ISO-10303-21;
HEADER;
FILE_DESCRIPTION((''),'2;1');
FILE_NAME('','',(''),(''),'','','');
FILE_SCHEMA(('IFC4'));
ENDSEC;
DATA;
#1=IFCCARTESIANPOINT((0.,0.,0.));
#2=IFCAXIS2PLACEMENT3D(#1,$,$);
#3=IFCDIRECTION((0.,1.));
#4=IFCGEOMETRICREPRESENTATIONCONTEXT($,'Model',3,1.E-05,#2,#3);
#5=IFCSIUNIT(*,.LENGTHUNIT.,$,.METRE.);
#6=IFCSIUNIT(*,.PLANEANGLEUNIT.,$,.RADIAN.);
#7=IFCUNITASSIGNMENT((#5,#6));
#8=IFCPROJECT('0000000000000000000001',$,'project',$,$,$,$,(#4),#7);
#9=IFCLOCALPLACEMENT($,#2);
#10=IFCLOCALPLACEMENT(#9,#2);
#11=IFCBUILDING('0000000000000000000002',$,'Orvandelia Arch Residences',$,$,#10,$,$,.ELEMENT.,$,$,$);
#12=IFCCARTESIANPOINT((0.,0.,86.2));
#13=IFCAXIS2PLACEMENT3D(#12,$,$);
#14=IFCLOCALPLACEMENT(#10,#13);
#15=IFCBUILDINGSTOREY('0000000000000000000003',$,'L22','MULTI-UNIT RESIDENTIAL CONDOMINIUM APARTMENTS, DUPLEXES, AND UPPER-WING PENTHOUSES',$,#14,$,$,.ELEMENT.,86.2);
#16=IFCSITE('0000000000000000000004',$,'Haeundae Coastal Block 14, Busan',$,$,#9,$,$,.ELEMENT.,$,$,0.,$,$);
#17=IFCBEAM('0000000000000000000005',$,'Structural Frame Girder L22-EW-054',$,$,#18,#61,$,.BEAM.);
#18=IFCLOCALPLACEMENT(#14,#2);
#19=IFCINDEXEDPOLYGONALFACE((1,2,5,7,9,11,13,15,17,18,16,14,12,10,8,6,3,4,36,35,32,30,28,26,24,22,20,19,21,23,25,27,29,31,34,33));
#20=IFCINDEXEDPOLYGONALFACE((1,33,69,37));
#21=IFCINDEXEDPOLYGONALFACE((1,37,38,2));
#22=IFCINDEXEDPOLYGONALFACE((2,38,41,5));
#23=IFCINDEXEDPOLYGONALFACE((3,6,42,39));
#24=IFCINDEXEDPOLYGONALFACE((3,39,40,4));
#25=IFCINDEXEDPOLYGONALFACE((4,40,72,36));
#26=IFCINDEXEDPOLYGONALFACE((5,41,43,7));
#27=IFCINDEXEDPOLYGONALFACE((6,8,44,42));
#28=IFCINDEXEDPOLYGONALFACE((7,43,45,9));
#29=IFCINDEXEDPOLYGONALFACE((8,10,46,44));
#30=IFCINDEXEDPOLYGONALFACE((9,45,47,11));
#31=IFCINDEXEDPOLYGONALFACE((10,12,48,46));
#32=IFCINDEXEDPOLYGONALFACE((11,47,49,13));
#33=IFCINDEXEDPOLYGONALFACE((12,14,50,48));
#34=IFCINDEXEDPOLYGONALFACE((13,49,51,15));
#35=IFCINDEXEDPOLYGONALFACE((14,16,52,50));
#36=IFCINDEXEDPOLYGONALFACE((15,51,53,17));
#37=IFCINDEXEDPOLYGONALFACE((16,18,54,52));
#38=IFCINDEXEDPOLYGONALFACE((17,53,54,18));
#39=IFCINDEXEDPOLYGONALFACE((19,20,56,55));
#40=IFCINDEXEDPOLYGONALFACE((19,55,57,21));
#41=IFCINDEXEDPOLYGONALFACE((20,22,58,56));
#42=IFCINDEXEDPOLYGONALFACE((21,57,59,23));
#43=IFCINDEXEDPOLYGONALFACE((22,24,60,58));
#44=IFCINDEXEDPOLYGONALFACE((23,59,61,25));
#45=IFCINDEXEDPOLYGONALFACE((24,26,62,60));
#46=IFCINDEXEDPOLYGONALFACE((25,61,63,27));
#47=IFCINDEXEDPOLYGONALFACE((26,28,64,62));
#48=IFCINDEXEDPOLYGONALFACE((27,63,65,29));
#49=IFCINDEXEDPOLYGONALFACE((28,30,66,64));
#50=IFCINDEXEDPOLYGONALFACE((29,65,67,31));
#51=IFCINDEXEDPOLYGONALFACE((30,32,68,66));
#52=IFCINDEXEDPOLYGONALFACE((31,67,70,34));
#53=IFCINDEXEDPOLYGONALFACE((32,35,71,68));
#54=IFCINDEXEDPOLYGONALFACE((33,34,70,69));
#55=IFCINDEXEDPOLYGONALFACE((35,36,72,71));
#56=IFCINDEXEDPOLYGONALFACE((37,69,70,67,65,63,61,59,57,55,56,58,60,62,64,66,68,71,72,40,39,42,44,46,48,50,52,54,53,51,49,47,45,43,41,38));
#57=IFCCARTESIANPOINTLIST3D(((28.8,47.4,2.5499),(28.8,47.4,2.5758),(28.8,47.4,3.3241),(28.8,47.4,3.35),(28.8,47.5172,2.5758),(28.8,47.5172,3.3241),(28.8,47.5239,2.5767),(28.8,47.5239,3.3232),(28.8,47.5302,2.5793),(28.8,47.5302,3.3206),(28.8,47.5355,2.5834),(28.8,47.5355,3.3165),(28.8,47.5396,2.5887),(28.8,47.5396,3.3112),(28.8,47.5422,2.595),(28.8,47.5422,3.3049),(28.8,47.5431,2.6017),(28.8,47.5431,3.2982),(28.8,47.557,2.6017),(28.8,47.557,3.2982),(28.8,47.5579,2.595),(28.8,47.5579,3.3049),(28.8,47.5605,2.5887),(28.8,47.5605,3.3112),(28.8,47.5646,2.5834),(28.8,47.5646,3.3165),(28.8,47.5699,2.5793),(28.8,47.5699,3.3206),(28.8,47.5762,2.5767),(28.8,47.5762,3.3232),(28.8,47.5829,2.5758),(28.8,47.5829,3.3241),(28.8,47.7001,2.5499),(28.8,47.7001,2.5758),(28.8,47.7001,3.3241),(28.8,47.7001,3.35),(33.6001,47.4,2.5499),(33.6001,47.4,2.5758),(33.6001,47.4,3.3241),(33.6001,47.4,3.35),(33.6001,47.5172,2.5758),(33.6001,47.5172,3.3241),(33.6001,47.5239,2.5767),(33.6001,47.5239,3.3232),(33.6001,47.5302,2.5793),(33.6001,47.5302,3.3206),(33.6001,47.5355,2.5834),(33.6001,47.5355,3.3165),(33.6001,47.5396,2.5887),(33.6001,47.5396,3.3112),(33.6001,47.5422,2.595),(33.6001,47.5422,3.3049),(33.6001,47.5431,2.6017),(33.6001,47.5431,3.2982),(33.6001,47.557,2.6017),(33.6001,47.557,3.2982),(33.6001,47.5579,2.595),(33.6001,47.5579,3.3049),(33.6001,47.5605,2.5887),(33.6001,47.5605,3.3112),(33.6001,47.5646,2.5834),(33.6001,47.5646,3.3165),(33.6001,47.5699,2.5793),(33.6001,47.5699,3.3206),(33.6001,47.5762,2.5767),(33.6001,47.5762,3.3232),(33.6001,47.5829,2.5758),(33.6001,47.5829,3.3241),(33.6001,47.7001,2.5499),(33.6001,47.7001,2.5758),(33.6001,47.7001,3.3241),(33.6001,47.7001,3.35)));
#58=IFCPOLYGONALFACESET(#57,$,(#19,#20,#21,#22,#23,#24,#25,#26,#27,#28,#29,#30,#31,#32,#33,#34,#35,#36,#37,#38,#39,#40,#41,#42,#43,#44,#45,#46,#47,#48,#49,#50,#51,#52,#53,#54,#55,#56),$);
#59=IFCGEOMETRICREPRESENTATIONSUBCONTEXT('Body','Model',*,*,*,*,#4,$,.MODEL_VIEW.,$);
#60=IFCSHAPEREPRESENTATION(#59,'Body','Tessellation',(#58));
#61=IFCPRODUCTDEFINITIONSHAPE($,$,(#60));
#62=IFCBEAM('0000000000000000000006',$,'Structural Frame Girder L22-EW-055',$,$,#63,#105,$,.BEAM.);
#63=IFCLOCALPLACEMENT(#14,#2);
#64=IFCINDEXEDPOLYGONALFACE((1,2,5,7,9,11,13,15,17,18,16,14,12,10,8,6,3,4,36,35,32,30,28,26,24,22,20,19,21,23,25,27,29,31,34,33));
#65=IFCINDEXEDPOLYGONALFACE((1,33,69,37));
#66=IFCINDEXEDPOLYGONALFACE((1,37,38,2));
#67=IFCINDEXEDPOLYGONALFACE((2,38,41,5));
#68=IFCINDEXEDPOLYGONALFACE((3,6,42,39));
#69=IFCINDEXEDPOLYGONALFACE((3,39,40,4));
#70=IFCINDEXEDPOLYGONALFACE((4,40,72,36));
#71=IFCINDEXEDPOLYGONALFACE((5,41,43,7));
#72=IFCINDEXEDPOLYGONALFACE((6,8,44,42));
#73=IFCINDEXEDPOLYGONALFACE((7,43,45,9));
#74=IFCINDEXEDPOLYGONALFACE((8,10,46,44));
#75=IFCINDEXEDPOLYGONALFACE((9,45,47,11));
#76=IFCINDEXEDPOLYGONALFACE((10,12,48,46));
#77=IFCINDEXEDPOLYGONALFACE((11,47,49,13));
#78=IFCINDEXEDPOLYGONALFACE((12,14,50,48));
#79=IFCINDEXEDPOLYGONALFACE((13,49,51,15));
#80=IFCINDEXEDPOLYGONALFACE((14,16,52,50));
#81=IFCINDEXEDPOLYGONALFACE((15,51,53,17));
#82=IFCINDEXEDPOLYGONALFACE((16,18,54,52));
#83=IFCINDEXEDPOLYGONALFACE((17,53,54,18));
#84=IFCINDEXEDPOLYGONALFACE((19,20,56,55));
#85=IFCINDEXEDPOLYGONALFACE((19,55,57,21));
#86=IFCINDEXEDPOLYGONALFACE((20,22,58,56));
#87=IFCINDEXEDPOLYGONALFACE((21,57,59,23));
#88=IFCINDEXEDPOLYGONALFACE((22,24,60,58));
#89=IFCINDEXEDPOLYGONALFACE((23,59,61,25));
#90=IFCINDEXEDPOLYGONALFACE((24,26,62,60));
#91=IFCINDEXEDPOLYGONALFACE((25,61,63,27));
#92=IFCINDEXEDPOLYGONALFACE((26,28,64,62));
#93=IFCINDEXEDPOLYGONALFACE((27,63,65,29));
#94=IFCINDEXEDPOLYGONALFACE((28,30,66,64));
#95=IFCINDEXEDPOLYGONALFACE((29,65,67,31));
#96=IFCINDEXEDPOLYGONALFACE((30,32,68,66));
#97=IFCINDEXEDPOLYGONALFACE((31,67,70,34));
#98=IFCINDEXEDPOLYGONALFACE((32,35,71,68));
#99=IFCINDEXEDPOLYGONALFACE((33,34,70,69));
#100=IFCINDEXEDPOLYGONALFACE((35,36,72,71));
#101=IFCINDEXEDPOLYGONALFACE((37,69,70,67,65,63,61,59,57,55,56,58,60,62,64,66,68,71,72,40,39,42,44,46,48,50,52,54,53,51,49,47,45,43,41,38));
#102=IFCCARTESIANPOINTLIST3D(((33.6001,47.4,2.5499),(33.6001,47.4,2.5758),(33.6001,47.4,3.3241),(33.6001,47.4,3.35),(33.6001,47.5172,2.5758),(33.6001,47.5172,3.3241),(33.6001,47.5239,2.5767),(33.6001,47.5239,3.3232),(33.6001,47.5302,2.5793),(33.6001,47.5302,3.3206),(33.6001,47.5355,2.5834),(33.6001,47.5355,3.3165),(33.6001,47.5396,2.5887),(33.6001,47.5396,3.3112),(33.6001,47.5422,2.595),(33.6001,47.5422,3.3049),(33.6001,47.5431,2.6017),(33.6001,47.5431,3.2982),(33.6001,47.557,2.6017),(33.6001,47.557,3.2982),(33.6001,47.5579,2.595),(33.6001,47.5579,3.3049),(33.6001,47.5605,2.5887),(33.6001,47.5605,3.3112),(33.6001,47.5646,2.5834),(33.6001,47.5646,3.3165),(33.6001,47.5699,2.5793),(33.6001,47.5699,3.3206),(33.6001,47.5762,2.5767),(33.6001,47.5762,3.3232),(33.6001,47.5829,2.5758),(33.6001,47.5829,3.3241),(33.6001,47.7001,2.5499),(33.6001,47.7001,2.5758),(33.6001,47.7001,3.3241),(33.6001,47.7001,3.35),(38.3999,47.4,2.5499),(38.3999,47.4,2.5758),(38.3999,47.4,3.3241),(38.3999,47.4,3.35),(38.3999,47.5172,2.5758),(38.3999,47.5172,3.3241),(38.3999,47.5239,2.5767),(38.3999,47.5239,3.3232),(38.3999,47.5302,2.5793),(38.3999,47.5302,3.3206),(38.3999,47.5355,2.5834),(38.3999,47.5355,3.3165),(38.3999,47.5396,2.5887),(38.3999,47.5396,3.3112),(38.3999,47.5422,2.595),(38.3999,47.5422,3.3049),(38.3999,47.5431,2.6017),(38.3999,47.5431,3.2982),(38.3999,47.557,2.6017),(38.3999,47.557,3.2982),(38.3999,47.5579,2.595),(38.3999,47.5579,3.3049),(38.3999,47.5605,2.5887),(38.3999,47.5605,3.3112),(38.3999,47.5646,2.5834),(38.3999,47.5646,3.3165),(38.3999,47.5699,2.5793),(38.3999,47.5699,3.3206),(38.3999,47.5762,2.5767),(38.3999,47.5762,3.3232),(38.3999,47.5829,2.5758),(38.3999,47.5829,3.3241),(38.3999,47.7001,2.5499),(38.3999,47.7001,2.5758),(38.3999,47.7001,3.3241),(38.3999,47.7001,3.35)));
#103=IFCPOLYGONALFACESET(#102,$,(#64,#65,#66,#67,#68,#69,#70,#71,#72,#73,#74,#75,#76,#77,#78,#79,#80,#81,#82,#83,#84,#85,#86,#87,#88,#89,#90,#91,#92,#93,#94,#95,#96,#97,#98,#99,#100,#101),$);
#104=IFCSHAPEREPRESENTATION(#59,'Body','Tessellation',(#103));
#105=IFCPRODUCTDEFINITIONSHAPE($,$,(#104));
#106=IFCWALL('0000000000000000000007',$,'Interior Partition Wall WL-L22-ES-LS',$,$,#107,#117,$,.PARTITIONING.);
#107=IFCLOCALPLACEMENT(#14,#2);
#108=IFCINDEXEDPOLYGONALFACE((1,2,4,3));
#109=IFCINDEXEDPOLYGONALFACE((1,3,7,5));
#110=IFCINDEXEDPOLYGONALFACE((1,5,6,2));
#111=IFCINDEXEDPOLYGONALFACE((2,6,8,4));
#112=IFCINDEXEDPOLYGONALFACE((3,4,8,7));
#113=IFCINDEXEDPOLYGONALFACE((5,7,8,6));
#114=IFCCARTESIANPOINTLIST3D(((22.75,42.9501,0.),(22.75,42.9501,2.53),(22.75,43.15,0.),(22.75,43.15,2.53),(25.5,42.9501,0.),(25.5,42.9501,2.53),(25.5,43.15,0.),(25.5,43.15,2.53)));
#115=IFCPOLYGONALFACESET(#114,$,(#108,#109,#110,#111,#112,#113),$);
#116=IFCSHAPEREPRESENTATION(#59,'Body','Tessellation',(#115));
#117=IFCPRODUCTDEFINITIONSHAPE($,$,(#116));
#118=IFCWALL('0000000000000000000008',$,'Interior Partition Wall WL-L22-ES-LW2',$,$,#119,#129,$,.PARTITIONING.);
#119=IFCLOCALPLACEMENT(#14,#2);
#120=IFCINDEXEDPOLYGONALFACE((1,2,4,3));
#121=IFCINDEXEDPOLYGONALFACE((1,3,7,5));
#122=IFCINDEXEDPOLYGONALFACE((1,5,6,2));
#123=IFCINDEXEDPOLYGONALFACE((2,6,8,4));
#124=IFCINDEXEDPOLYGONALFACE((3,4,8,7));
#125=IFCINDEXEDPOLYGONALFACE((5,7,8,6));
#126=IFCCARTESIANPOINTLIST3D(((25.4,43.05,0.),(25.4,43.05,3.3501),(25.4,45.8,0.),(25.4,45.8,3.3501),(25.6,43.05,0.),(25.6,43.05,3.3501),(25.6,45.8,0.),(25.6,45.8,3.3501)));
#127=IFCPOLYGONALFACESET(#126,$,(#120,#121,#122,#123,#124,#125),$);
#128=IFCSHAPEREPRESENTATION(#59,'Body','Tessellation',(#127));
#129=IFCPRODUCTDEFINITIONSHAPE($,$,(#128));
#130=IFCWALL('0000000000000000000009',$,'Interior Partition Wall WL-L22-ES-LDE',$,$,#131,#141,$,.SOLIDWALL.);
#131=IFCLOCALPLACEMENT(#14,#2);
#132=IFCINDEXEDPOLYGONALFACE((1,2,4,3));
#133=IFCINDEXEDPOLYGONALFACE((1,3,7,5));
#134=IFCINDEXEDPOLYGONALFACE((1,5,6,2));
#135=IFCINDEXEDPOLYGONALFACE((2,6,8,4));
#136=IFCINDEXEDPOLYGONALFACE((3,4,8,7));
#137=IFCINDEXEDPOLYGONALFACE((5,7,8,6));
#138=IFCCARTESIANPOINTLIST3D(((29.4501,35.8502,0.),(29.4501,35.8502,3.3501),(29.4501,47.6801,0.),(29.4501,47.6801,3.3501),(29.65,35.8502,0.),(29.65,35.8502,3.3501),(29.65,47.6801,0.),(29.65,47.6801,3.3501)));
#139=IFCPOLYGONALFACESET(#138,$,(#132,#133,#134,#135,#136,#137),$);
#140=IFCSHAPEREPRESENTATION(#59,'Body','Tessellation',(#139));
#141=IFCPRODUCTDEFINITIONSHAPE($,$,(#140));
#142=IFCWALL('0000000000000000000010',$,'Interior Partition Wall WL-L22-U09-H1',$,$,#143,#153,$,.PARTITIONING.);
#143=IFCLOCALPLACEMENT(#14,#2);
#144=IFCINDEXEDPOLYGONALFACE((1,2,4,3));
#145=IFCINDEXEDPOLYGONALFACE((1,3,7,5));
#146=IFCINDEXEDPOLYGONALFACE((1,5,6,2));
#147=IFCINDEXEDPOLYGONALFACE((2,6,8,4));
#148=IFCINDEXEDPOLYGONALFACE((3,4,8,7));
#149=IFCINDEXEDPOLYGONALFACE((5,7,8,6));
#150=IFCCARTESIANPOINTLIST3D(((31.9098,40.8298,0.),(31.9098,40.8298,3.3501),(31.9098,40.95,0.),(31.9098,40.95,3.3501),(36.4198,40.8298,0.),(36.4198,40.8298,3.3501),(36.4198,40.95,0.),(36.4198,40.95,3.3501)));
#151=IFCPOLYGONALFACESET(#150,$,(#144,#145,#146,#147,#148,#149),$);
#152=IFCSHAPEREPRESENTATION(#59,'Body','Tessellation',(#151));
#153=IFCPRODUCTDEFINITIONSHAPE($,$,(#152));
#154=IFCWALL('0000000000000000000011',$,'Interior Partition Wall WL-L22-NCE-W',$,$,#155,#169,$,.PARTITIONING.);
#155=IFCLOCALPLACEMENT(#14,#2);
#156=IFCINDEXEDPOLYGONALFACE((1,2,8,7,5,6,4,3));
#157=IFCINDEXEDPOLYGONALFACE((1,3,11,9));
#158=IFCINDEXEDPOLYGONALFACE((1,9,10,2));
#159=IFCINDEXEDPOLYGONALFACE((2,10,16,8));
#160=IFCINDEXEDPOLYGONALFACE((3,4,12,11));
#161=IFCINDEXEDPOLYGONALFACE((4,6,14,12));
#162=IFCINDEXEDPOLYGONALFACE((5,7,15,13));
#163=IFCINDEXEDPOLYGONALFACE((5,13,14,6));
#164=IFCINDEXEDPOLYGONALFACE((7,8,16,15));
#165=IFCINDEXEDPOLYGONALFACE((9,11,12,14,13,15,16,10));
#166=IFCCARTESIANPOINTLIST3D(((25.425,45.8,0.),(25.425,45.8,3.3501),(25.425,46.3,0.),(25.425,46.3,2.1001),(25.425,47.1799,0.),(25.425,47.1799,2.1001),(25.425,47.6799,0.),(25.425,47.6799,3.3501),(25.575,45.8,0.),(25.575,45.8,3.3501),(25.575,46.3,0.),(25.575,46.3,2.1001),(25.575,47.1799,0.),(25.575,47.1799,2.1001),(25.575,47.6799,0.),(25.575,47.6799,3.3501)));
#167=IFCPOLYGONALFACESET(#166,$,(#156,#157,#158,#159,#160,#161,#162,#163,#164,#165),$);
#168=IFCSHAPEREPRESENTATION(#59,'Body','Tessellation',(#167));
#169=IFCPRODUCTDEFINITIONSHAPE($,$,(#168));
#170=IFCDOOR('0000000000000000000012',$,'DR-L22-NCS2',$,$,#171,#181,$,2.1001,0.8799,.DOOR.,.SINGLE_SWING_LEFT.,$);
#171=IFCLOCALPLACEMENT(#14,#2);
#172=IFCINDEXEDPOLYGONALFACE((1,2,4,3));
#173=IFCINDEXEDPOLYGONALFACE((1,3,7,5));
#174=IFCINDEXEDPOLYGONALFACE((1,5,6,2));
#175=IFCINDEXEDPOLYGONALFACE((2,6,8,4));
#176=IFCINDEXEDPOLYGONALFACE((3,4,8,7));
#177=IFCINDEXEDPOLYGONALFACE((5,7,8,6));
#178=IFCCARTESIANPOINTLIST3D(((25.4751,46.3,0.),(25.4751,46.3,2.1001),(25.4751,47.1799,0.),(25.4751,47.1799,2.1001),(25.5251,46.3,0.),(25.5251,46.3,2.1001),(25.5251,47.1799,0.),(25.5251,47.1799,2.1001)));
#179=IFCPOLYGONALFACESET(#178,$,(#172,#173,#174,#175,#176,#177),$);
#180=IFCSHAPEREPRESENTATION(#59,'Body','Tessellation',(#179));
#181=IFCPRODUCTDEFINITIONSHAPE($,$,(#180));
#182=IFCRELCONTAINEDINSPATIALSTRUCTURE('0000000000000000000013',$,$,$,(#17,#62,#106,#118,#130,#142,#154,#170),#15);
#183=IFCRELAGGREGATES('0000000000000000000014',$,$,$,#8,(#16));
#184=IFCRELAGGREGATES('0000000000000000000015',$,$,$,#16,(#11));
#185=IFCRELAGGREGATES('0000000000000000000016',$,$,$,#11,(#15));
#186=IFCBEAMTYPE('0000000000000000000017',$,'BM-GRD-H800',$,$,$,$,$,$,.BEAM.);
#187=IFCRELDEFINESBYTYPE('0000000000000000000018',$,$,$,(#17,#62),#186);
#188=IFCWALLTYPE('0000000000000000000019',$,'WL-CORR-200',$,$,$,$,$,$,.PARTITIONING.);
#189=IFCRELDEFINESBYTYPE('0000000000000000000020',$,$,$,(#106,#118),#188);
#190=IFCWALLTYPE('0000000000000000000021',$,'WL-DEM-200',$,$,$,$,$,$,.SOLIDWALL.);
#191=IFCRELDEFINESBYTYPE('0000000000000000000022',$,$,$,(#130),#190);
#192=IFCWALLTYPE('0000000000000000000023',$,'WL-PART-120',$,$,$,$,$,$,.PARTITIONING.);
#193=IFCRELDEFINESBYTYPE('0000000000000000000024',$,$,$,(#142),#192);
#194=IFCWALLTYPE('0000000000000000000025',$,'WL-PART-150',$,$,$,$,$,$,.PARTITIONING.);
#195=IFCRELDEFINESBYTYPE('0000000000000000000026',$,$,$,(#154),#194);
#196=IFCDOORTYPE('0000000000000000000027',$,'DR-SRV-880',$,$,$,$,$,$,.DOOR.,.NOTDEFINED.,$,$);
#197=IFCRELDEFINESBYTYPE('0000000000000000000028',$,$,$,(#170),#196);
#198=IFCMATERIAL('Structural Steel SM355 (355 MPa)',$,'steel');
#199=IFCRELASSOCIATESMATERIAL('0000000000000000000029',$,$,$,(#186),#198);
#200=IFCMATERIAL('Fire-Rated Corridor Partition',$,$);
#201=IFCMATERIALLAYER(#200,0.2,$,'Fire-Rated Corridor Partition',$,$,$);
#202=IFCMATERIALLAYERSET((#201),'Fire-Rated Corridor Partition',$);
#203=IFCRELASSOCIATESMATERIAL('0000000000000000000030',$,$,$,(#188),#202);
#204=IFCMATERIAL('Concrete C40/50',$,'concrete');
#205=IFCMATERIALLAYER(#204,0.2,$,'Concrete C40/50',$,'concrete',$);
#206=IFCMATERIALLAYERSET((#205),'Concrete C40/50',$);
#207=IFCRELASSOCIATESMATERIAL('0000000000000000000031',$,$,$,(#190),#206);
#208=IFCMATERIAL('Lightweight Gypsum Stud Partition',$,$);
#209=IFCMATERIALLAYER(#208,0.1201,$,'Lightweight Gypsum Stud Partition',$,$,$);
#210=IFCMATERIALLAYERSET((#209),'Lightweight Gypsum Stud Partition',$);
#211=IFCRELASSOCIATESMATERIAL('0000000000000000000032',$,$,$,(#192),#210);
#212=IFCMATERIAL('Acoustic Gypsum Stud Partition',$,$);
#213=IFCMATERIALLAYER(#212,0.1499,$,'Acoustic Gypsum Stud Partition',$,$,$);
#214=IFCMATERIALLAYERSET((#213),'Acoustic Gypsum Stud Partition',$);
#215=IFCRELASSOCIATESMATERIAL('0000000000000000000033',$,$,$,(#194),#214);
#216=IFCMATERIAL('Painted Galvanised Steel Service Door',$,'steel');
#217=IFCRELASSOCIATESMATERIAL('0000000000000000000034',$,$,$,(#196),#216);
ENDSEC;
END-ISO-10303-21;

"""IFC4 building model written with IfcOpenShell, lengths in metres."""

from ifc_helpers import new_model, si_unit, direction, frame, frame_2d, origin, origin_2d, place, context, subcontext, project, spatial, rectangle, i_section, extrude, material, layer, layer_set, material_profile, profile_set, type_object, element, fill, save


model = new_model("IFC4")

# Units and contexts
model_context = context("Model", 3, precision=1e-05, world=origin(), true_north=direction((0.0, 1.0)))
body_context = subcontext(model_context, "Body", "Model", "MODEL_VIEW")
ifc_project = project(units=[si_unit("LENGTHUNIT", "METRE"), si_unit("PLANEANGLEUNIT", "RADIAN")], contexts=[model_context])

# Site, building, storey
site_placement = place(None, origin())
site = spatial("IfcSite", under=ifc_project, at=site_placement, Name="Haeundae Coastal Block 14, Busan", CompositionType="ELEMENT", RefElevation=0.0)
building_placement = place(site_placement, origin())
building = spatial("IfcBuilding", under=site, at=building_placement, Name="Orvandelia Arch Residences", CompositionType="ELEMENT")
storey_placement = place(building_placement, frame((0.0, 0.0, 86.2)))
storey = spatial("IfcBuildingStorey", under=building, at=storey_placement, Name="L22", Description="MULTI-UNIT RESIDENTIAL CONDOMINIUM APARTMENTS, DUPLEXES, AND UPPER-WING PENTHOUSES", CompositionType="ELEMENT", Elevation=86.2)

# Beams
ifc_material_1 = material(Name="Structural Steel SM355 (355 MPa)", Category="steel")
ifc_material_profile_1 = material_profile(ifc_material_1, i_section(OverallWidth=0.3, OverallDepth=0.8, WebThickness=0.0139, FlangeThickness=0.0259, FilletRadius=0.0259, at=origin_2d()), Name="Structural Steel SM355 (355 MPa)", Category="steel")
ifc_profile_set_1 = profile_set([ifc_material_profile_1], Name="Structural Steel SM355 (355 MPa)")
beam_type = type_object("IfcBeamType", Name="BM-GRD-H800", PredefinedType="BEAM", material=ifc_profile_set_1)
beam_1_placement = place(storey_placement, frame((28.8, 47.55, 2.95), z_axis=(1.0, 0.0, 0.0), x_axis=(0.0, 1.0, 0.0)))
element("IfcBeam", 1, at=beam_1_placement, inside=storey, type_object=beam_type, Name="Structural Frame Girder L22-EW-054", PredefinedType="BEAM", context=body_context, shape_type="SweptSolid", body=[
    extrude(i_section(OverallWidth=0.3, OverallDepth=0.8, WebThickness=0.0139, FlangeThickness=0.0259, FilletRadius=0.0259, at=origin_2d()), origin(), (0.0, 0.0, 1.0), 4.8),
])
beam_2_placement = place(storey_placement, frame((33.6001, 47.55, 2.95), z_axis=(1.0, 0.0, 0.0), x_axis=(0.0, 1.0, 0.0)))
element("IfcBeam", 2, at=beam_2_placement, inside=storey, type_object=beam_type, Name="Structural Frame Girder L22-EW-055", PredefinedType="BEAM", context=body_context, shape_type="SweptSolid", body=[
    extrude(i_section(OverallWidth=0.3, OverallDepth=0.8, WebThickness=0.0139, FlangeThickness=0.0259, FilletRadius=0.0259, at=origin_2d()), origin(), (0.0, 0.0, 1.0), 4.7998),
])

# Walls
ifc_material_2 = material(Name="Fire-Rated Corridor Partition")
ifc_layer_1 = layer(ifc_material_2, 0.2, Name="Fire-Rated Corridor Partition")
ifc_layer_set_1 = layer_set([ifc_layer_1], Name="Fire-Rated Corridor Partition")
wall_type_1 = type_object("IfcWallType", Name="WL-CORR-200", PredefinedType="PARTITIONING", material=ifc_layer_set_1)
wall_1_placement = place(storey_placement, frame((22.75, 43.05, 0.0), z_axis=(0.0, 0.0, 1.0), x_axis=(1.0, 0.0, 0.0)))
element("IfcWall", 3, at=wall_1_placement, inside=storey, type_object=wall_type_1, Name="Interior Partition Wall WL-L22-ES-LS", PredefinedType="PARTITIONING", context=body_context, shape_type="SweptSolid", body=[
    extrude(rectangle(XDim=2.75, YDim=0.2, at=frame_2d((1.375, 0.0))), origin(), (0.0, 0.0, 1.0), 2.53),
])
wall_2_placement = place(storey_placement, frame((25.5, 43.05, 0.0), z_axis=(0.0, 0.0, 1.0), x_axis=(0.0, 1.0, 0.0)))
element("IfcWall", 4, at=wall_2_placement, inside=storey, type_object=wall_type_1, Name="Interior Partition Wall WL-L22-ES-LW2", PredefinedType="PARTITIONING", context=body_context, shape_type="SweptSolid", body=[
    extrude(rectangle(XDim=2.75, YDim=0.2, at=frame_2d((1.375, 0.0))), origin(), (0.0, 0.0, 1.0), 3.3501),
])
ifc_material_3 = material(Name="Concrete C40/50", Category="concrete")
ifc_layer_2 = layer(ifc_material_3, 0.2, Name="Concrete C40/50", Category="concrete")
ifc_layer_set_2 = layer_set([ifc_layer_2], Name="Concrete C40/50")
wall_type_2 = type_object("IfcWallType", Name="WL-DEM-200", PredefinedType="SOLIDWALL", material=ifc_layer_set_2)
wall_3_placement = place(storey_placement, frame((29.55, 35.8501, 0.0), z_axis=(0.0, 0.0, 1.0), x_axis=(0.0, 1.0, 0.0)))
element("IfcWall", 5, at=wall_3_placement, inside=storey, type_object=wall_type_2, Name="Interior Partition Wall WL-L22-ES-LDE", PredefinedType="SOLIDWALL", context=body_context, shape_type="SweptSolid", body=[
    extrude(rectangle(XDim=11.8298, YDim=0.2, at=frame_2d((5.915, 0.0))), origin(), (0.0, 0.0, 1.0), 3.3501),
])
ifc_material_4 = material(Name="Lightweight Gypsum Stud Partition")
ifc_layer_3 = layer(ifc_material_4, 0.1201, Name="Lightweight Gypsum Stud Partition")
ifc_layer_set_3 = layer_set([ifc_layer_3], Name="Lightweight Gypsum Stud Partition")
wall_type_3 = type_object("IfcWallType", Name="WL-PART-120", PredefinedType="PARTITIONING", material=ifc_layer_set_3)
wall_4_placement = place(storey_placement, frame((31.9099, 40.8899, 0.0), z_axis=(0.0, 0.0, 1.0), x_axis=(1.0, 0.0, 0.0)))
element("IfcWall", 6, at=wall_4_placement, inside=storey, type_object=wall_type_3, Name="Interior Partition Wall WL-L22-U09-H1", PredefinedType="PARTITIONING", context=body_context, shape_type="SweptSolid", body=[
    extrude(rectangle(XDim=4.51, YDim=0.1201, at=frame_2d((2.2549, 0.0))), origin(), (0.0, 0.0, 1.0), 3.3501),
])

# Wall, opening, door
ifc_material_5 = material(Name="Acoustic Gypsum Stud Partition")
ifc_layer_4 = layer(ifc_material_5, 0.1499, Name="Acoustic Gypsum Stud Partition")
ifc_layer_set_4 = layer_set([ifc_layer_4], Name="Acoustic Gypsum Stud Partition")
wall_type_4 = type_object("IfcWallType", Name="WL-PART-150", PredefinedType="PARTITIONING", material=ifc_layer_set_4)
wall_5_placement = place(storey_placement, frame((25.5, 45.8, 0.0), z_axis=(0.0, 0.0, 1.0), x_axis=(0.0, 1.0, 0.0)))
wall_5 = element("IfcWall", 7, at=wall_5_placement, inside=storey, type_object=wall_type_4, Name="Interior Partition Wall WL-L22-NCE-W", PredefinedType="PARTITIONING", context=body_context, shape_type="SweptSolid", body=[
    extrude(rectangle(XDim=1.8799, YDim=0.1499, at=frame_2d((0.9399, 0.0))), origin(), (0.0, 0.0, 1.0), 3.3501),
])
opening_1_placement = place(wall_5_placement, frame((0.5, 0.0, 0.0)))
opening_1 = element("IfcOpeningElement", 8, at=opening_1_placement, cuts=wall_5, PredefinedType="OPENING", context=body_context, shape_type="SweptSolid", body=[
    extrude(rectangle(XDim=0.8799, YDim=2.1001, at=frame_2d((0.4399, 1.05))), frame((0.0, 0.085, 0.0), z_axis=(0.0, -1.0, 0.0), x_axis=(1.0, 0.0, 0.0)), (0.0, 0.0, 1.0), 0.1699),
])
ifc_material_6 = material(Name="Painted Galvanised Steel Service Door", Category="steel")
door_type_1 = type_object("IfcDoorType", Name="DR-SRV-880", OperationType="NOTDEFINED", PredefinedType="DOOR", material=ifc_material_6)
door_1_placement = place(opening_1_placement, origin())
door_1 = element("IfcDoor", 9, at=door_1_placement, inside=storey, type_object=door_type_1, Name="DR-L22-NCS2", OperationType="SINGLE_SWING_LEFT", OverallHeight=2.1001, OverallWidth=0.8799, PredefinedType="DOOR", context=body_context, shape_type="SweptSolid", body=[
    extrude(rectangle(XDim=0.8799, YDim=2.1001, at=frame_2d((0.4399, 1.05))), frame((0.0, 0.0249, 0.0), z_axis=(0.0, -1.0, 0.0), x_axis=(1.0, 0.0, 0.0)), (0.0, 0.0, 1.0), 0.05),
])
fill(opening_1, door_1)

save(model, "model.ifc")
